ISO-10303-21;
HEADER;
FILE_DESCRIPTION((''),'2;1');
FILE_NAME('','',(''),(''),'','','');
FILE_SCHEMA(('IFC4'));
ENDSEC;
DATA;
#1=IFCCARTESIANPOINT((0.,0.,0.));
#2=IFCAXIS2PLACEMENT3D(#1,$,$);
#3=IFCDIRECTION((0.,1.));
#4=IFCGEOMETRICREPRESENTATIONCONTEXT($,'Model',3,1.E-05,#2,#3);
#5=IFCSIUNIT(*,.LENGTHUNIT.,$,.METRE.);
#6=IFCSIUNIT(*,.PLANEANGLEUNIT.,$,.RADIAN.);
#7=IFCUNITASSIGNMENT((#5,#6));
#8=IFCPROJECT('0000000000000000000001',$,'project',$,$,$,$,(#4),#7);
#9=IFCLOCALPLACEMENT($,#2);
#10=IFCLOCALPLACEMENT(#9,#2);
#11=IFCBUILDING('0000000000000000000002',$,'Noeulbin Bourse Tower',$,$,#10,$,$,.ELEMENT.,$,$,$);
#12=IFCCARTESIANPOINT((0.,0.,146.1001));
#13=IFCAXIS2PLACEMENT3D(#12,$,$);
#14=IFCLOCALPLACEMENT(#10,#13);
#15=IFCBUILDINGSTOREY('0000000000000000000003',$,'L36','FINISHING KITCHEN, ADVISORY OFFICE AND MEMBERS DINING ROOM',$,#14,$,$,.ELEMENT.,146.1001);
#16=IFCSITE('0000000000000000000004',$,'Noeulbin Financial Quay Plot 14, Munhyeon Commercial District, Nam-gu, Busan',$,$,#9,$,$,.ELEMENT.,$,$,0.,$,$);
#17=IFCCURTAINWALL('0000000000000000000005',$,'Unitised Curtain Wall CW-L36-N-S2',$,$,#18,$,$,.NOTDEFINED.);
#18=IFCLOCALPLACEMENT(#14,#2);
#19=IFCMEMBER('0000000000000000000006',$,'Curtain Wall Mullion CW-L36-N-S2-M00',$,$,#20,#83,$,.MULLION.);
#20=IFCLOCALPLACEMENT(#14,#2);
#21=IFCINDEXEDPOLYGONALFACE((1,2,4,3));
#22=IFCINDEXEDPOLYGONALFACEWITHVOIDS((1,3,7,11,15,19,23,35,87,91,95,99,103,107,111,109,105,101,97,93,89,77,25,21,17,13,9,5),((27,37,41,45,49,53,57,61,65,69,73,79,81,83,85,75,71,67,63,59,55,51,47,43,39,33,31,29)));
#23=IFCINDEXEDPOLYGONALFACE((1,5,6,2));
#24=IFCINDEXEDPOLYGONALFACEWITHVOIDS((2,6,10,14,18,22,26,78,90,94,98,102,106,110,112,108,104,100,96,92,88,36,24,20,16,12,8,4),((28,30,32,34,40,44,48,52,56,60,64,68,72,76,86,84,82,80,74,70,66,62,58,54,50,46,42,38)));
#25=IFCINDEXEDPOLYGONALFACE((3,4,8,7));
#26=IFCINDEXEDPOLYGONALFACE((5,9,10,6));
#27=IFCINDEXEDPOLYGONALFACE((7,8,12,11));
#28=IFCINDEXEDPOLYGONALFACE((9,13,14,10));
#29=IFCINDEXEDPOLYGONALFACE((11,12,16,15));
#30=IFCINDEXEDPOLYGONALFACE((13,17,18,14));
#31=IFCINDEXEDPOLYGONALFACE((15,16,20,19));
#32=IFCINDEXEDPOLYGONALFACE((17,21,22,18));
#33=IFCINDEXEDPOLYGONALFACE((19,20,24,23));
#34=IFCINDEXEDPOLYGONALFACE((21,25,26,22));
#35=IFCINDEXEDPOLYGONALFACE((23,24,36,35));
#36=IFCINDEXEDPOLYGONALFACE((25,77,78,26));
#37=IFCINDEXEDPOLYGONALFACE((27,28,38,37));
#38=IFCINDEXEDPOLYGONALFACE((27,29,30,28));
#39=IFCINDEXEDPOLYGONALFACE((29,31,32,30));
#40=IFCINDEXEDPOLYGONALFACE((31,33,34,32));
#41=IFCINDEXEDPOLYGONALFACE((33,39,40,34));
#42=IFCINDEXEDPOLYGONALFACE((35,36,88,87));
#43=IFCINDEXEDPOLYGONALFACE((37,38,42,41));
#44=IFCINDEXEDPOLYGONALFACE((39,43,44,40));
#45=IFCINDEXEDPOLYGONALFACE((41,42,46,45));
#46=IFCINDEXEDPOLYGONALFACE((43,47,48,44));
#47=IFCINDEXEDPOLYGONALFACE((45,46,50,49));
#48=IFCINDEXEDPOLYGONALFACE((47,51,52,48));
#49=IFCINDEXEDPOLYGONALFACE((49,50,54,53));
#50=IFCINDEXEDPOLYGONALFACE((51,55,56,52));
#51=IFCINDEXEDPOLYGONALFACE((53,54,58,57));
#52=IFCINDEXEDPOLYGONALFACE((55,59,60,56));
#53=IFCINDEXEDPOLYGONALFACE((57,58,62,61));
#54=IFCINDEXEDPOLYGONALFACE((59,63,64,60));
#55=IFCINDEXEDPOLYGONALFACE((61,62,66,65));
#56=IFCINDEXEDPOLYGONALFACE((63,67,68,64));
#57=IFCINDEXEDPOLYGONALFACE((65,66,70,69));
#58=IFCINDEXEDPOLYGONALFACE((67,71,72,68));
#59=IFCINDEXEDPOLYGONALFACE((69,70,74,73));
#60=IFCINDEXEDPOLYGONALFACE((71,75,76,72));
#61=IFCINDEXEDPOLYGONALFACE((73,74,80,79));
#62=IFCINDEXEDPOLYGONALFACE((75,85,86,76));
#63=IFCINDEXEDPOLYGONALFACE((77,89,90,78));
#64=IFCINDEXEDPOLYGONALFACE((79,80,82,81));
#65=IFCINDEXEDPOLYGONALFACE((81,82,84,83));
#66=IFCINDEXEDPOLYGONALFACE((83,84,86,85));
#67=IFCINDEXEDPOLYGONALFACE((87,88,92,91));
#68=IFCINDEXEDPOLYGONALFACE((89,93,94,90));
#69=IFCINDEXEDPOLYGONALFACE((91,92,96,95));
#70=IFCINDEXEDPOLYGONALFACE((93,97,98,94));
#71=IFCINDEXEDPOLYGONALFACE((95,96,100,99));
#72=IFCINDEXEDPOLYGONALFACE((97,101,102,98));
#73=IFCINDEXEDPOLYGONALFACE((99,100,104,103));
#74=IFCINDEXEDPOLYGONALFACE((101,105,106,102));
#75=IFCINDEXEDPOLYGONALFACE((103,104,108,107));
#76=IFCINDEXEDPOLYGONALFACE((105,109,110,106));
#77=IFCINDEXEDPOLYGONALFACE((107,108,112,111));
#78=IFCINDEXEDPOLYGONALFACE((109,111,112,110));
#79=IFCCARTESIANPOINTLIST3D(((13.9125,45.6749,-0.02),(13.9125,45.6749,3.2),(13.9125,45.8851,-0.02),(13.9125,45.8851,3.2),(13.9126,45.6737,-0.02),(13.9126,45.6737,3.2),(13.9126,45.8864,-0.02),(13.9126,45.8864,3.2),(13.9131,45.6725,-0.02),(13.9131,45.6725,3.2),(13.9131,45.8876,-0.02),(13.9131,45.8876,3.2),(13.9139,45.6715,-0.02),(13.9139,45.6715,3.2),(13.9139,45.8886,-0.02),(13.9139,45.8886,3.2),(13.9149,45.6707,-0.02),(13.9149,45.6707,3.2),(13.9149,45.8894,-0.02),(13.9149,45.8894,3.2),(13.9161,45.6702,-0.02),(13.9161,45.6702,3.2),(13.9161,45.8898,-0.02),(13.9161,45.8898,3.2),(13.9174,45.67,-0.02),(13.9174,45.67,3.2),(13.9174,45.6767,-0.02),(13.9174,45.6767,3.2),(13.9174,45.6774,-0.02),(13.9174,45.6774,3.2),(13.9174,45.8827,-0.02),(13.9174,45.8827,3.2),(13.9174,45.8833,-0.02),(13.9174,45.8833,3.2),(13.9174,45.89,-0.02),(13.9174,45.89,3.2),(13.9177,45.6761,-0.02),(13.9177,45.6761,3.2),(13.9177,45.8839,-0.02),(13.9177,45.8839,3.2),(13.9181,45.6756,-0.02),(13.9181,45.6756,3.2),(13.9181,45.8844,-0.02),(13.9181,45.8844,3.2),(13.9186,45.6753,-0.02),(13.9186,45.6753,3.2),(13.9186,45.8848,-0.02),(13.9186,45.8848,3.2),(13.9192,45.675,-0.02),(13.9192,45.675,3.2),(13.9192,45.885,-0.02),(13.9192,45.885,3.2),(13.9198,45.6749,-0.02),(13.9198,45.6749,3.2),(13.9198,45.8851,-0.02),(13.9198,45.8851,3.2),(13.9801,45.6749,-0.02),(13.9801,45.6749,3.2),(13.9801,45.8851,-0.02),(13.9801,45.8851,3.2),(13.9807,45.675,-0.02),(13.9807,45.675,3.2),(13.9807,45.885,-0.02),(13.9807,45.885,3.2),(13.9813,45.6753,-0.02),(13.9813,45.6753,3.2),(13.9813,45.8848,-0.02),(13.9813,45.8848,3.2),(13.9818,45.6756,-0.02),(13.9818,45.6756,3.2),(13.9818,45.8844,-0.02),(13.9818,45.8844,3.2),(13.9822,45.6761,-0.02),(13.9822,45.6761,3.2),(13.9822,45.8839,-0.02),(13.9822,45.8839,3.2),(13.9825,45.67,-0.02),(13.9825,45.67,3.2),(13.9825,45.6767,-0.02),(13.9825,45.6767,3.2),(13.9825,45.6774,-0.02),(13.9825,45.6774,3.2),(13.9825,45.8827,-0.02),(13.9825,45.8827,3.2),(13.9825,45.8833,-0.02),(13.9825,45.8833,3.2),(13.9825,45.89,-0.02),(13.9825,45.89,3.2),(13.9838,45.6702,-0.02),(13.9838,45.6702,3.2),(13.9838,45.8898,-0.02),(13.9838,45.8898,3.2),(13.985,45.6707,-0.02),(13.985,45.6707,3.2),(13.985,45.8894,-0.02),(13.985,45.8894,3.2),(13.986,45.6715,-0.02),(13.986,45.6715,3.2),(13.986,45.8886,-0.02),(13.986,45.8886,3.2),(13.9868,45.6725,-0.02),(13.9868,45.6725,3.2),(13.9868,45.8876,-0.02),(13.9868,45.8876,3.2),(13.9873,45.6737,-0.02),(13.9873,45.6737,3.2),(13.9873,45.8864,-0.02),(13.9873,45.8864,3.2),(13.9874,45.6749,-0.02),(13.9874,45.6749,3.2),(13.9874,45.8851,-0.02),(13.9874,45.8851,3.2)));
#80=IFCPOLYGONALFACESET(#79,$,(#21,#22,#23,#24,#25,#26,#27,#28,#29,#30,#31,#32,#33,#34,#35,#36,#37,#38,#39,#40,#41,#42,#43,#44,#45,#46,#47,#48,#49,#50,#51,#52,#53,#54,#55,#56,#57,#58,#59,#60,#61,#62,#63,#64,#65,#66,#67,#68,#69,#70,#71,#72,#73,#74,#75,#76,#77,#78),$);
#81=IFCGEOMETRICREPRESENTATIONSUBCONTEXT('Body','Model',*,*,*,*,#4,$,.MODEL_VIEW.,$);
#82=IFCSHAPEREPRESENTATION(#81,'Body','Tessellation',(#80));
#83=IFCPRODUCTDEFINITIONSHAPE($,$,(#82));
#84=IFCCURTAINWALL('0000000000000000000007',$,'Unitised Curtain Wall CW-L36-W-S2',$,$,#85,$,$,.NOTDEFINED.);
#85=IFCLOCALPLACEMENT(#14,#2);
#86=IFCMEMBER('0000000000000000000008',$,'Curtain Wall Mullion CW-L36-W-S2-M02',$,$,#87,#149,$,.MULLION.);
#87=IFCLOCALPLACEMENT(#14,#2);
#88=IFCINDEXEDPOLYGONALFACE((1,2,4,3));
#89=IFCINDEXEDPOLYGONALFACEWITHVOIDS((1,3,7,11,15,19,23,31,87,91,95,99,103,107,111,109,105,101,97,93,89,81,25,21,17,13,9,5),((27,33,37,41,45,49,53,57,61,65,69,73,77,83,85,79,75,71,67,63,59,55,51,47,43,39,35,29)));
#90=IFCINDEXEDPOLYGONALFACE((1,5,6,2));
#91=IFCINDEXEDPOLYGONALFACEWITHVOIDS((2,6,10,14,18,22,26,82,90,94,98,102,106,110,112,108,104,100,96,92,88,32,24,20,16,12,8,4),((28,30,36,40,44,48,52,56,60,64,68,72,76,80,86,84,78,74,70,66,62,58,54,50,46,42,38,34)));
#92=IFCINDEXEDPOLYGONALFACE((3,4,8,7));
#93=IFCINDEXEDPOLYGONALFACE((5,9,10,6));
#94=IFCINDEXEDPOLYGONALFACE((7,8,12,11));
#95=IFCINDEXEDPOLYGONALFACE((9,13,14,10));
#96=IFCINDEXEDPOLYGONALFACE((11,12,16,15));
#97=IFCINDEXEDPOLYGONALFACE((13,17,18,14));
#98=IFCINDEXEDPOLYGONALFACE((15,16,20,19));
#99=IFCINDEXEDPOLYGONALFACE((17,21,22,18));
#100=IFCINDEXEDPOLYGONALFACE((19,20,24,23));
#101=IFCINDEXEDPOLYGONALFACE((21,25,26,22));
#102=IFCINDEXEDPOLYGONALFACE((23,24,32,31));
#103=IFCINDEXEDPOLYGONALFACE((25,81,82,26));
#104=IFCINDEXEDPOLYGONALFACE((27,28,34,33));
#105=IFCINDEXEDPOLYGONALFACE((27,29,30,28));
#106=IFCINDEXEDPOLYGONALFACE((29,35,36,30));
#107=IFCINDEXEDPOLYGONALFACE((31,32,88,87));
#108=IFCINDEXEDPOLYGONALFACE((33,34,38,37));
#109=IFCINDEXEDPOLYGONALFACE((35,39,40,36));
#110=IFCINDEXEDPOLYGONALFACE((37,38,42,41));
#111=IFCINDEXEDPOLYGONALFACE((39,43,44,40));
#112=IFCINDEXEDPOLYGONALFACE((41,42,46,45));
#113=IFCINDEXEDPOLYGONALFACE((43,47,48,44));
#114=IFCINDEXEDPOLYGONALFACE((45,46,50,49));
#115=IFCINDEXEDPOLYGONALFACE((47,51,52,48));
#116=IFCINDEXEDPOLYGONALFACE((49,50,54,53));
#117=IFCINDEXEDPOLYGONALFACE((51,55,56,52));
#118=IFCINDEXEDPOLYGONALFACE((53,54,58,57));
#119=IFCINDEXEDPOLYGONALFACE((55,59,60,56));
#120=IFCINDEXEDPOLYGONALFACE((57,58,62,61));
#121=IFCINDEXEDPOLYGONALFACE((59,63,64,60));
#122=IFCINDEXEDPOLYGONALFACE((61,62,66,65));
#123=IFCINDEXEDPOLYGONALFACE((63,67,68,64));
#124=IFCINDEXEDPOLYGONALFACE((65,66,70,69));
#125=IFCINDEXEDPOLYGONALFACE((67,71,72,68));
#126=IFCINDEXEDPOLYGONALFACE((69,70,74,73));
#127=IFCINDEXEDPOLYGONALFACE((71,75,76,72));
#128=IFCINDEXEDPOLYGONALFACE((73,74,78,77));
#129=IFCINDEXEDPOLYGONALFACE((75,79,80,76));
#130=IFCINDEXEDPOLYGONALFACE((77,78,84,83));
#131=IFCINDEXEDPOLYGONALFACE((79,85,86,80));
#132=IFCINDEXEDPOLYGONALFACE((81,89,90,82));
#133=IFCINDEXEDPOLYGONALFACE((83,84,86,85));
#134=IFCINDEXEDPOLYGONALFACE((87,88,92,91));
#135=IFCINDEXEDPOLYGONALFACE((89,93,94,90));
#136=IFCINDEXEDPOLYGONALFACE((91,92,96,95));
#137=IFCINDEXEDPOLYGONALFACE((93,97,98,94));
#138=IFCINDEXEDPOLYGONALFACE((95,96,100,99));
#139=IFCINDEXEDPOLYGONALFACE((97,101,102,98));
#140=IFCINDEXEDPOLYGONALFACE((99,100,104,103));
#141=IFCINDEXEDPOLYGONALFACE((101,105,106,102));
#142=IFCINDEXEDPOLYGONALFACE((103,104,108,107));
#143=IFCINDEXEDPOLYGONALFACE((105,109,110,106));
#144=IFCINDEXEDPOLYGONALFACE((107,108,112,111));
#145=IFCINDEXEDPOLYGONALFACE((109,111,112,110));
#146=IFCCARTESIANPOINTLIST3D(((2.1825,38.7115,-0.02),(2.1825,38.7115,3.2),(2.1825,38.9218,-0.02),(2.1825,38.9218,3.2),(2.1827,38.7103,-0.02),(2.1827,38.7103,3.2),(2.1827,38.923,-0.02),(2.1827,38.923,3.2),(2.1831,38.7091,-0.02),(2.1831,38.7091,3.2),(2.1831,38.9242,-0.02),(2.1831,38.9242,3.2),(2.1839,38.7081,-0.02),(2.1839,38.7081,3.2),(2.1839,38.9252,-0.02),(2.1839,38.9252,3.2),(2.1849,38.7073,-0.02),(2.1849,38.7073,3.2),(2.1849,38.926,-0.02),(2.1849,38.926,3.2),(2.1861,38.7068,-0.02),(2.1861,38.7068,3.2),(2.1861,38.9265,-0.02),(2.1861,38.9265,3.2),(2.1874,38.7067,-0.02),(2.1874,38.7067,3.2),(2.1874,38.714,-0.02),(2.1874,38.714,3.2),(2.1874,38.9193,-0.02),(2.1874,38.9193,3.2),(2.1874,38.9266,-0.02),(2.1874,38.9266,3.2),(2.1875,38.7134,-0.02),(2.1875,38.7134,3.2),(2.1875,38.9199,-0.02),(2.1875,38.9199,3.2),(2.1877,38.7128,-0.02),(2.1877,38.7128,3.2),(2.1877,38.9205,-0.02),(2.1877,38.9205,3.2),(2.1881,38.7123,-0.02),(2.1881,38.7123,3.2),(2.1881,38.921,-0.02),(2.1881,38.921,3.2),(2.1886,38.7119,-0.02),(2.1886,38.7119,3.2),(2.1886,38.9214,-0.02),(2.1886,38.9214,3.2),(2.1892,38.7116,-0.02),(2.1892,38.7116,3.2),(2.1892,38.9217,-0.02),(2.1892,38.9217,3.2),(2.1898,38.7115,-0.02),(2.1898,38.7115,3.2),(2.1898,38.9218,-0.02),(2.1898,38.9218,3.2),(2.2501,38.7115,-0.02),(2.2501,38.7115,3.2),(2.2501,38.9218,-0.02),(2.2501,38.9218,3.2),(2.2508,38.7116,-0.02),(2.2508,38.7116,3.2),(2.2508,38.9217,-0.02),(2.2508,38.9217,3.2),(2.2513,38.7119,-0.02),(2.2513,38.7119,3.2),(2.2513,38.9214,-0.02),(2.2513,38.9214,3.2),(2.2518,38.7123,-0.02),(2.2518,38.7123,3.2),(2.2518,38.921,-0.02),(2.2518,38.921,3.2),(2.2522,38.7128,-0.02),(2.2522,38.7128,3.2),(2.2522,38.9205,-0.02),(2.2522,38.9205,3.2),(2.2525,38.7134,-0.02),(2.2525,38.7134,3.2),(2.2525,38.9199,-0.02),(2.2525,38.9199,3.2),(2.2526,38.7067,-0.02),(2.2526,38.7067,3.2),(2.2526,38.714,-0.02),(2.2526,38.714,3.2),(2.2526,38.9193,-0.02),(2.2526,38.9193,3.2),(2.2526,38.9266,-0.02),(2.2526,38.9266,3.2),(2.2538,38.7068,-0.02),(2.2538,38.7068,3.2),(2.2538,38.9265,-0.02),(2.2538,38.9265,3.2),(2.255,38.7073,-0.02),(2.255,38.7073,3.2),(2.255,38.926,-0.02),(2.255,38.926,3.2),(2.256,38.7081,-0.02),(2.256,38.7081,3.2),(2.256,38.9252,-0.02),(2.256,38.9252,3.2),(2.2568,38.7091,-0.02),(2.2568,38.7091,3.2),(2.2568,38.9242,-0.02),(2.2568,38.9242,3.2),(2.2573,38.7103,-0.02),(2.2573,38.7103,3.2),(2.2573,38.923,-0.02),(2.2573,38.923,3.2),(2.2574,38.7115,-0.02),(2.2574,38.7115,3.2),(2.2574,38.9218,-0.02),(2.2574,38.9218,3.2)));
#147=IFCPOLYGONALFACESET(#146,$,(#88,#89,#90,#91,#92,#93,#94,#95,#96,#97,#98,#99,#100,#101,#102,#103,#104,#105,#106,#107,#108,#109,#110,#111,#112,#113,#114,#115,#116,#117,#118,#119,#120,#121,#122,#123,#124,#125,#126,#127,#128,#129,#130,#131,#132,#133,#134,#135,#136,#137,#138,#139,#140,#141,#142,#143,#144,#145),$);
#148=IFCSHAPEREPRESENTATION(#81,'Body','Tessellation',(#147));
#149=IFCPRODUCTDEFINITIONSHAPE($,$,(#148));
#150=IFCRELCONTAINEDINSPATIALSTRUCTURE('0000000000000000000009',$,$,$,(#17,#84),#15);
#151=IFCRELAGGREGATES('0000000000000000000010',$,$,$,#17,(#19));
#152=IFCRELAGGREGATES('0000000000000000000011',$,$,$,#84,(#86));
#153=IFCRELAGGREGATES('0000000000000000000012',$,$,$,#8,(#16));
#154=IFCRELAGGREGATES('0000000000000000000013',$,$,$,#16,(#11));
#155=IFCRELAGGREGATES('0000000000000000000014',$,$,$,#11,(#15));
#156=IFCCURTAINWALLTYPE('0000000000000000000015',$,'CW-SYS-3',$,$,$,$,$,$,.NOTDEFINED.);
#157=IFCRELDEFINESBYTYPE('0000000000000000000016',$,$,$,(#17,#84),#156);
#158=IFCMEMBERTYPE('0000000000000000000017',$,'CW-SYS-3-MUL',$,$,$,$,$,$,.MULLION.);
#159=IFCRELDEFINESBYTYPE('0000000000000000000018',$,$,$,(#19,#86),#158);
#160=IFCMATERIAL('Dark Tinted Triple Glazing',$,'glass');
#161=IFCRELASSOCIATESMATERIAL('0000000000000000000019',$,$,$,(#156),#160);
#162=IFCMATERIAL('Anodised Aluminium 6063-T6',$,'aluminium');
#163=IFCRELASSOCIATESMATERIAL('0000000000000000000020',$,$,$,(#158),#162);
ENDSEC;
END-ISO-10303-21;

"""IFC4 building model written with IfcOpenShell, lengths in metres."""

from ifc_helpers import new_model, si_unit, direction, frame, origin, origin_2d, place, context, subcontext, project, spatial, hollow_rectangle, extrude, material, material_profile, profile_set, type_object, element, aggregate, save


model = new_model("IFC4")

# Units and contexts
model_context = context("Model", 3, precision=1e-05, world=origin(), true_north=direction((0.0, 1.0)))
body_context = subcontext(model_context, "Body", "Model", "MODEL_VIEW")
ifc_project = project(units=[si_unit("LENGTHUNIT", "METRE"), si_unit("PLANEANGLEUNIT", "RADIAN")], contexts=[model_context])

# Site, building, storey
site_placement = place(None, origin())
site = spatial("IfcSite", under=ifc_project, at=site_placement, Name="Noeulbin Financial Quay Plot 14, Munhyeon Commercial District, Nam-gu, Busan", CompositionType="ELEMENT", RefElevation=0.0)
building_placement = place(site_placement, origin())
building = spatial("IfcBuilding", under=site, at=building_placement, Name="Noeulbin Bourse Tower", CompositionType="ELEMENT")
storey_placement = place(building_placement, frame((0.0, 0.0, 146.1001)))
storey = spatial("IfcBuildingStorey", under=building, at=storey_placement, Name="L36", Description="FINISHING KITCHEN, ADVISORY OFFICE AND MEMBERS DINING ROOM", CompositionType="ELEMENT", Elevation=146.1001)

# Shared definitions
ifc_material_1 = material(Name="Dark Tinted Triple Glazing", Category="glass")
curtain_wall_type = type_object("IfcCurtainWallType", Name="CW-SYS-3", PredefinedType="NOTDEFINED", material=ifc_material_1)
ifc_material_2 = material(Name="Anodised Aluminium 6063-T6", Category="aluminium")
ifc_material_profile_1 = material_profile(ifc_material_2, hollow_rectangle(XDim=0.075, YDim=0.22, WallThickness=0.0049, InnerFilletRadius=0.0024, OuterFilletRadius=0.0049, at=origin_2d()), Name="ALU-MULL-75x220x5", Category="LoadBearing")
ifc_profile_set_1 = profile_set([ifc_material_profile_1], Name="Anodised Aluminium 6063-T6")
member_type_1 = type_object("IfcMemberType", Name="CW-SYS-3-MUL", PredefinedType="MULLION", material=ifc_profile_set_1)

# Curtain wall, member
curtain_wall_1_placement = place(storey_placement, origin())
curtain_wall_1 = element("IfcCurtainWall", 1, at=curtain_wall_1_placement, inside=storey, type_object=curtain_wall_type, Name="Unitised Curtain Wall CW-L36-N-S2", PredefinedType="NOTDEFINED")
member_1_placement = place(storey_placement, frame((13.95, 45.78, -0.02), z_axis=(0.0, 0.0, 1.0), x_axis=(1.0, 0.0, 0.0)))
member_1 = element("IfcMember", 2, at=member_1_placement, type_object=member_type_1, Name="Curtain Wall Mullion CW-L36-N-S2-M00", PredefinedType="MULLION", context=body_context, shape_type="SweptSolid", body=[
    extrude(hollow_rectangle(XDim=0.075, YDim=0.22, WallThickness=0.0049, InnerFilletRadius=0.0024, OuterFilletRadius=0.0049, at=origin_2d()), origin(), (0.0, 0.0, 1.0), 3.22),
])

# Curtain wall, member
curtain_wall_2_placement = place(storey_placement, origin())
curtain_wall_2 = element("IfcCurtainWall", 3, at=curtain_wall_2_placement, inside=storey, type_object=curtain_wall_type, Name="Unitised Curtain Wall CW-L36-W-S2", PredefinedType="NOTDEFINED")
member_2_placement = place(storey_placement, frame((2.22, 38.8167, -0.02), z_axis=(0.0, 0.0, 1.0), x_axis=(1.0, 0.0, 0.0)))
member_2 = element("IfcMember", 4, at=member_2_placement, type_object=member_type_1, Name="Curtain Wall Mullion CW-L36-W-S2-M02", PredefinedType="MULLION", context=body_context, shape_type="SweptSolid", body=[
    extrude(hollow_rectangle(XDim=0.075, YDim=0.22, WallThickness=0.0049, InnerFilletRadius=0.0024, OuterFilletRadius=0.0049, at=origin_2d()), origin(), (0.0, 0.0, 1.0), 3.22),
])

aggregate(curtain_wall_1, [member_1])

aggregate(curtain_wall_2, [member_2])

save(model, "model.ifc")
